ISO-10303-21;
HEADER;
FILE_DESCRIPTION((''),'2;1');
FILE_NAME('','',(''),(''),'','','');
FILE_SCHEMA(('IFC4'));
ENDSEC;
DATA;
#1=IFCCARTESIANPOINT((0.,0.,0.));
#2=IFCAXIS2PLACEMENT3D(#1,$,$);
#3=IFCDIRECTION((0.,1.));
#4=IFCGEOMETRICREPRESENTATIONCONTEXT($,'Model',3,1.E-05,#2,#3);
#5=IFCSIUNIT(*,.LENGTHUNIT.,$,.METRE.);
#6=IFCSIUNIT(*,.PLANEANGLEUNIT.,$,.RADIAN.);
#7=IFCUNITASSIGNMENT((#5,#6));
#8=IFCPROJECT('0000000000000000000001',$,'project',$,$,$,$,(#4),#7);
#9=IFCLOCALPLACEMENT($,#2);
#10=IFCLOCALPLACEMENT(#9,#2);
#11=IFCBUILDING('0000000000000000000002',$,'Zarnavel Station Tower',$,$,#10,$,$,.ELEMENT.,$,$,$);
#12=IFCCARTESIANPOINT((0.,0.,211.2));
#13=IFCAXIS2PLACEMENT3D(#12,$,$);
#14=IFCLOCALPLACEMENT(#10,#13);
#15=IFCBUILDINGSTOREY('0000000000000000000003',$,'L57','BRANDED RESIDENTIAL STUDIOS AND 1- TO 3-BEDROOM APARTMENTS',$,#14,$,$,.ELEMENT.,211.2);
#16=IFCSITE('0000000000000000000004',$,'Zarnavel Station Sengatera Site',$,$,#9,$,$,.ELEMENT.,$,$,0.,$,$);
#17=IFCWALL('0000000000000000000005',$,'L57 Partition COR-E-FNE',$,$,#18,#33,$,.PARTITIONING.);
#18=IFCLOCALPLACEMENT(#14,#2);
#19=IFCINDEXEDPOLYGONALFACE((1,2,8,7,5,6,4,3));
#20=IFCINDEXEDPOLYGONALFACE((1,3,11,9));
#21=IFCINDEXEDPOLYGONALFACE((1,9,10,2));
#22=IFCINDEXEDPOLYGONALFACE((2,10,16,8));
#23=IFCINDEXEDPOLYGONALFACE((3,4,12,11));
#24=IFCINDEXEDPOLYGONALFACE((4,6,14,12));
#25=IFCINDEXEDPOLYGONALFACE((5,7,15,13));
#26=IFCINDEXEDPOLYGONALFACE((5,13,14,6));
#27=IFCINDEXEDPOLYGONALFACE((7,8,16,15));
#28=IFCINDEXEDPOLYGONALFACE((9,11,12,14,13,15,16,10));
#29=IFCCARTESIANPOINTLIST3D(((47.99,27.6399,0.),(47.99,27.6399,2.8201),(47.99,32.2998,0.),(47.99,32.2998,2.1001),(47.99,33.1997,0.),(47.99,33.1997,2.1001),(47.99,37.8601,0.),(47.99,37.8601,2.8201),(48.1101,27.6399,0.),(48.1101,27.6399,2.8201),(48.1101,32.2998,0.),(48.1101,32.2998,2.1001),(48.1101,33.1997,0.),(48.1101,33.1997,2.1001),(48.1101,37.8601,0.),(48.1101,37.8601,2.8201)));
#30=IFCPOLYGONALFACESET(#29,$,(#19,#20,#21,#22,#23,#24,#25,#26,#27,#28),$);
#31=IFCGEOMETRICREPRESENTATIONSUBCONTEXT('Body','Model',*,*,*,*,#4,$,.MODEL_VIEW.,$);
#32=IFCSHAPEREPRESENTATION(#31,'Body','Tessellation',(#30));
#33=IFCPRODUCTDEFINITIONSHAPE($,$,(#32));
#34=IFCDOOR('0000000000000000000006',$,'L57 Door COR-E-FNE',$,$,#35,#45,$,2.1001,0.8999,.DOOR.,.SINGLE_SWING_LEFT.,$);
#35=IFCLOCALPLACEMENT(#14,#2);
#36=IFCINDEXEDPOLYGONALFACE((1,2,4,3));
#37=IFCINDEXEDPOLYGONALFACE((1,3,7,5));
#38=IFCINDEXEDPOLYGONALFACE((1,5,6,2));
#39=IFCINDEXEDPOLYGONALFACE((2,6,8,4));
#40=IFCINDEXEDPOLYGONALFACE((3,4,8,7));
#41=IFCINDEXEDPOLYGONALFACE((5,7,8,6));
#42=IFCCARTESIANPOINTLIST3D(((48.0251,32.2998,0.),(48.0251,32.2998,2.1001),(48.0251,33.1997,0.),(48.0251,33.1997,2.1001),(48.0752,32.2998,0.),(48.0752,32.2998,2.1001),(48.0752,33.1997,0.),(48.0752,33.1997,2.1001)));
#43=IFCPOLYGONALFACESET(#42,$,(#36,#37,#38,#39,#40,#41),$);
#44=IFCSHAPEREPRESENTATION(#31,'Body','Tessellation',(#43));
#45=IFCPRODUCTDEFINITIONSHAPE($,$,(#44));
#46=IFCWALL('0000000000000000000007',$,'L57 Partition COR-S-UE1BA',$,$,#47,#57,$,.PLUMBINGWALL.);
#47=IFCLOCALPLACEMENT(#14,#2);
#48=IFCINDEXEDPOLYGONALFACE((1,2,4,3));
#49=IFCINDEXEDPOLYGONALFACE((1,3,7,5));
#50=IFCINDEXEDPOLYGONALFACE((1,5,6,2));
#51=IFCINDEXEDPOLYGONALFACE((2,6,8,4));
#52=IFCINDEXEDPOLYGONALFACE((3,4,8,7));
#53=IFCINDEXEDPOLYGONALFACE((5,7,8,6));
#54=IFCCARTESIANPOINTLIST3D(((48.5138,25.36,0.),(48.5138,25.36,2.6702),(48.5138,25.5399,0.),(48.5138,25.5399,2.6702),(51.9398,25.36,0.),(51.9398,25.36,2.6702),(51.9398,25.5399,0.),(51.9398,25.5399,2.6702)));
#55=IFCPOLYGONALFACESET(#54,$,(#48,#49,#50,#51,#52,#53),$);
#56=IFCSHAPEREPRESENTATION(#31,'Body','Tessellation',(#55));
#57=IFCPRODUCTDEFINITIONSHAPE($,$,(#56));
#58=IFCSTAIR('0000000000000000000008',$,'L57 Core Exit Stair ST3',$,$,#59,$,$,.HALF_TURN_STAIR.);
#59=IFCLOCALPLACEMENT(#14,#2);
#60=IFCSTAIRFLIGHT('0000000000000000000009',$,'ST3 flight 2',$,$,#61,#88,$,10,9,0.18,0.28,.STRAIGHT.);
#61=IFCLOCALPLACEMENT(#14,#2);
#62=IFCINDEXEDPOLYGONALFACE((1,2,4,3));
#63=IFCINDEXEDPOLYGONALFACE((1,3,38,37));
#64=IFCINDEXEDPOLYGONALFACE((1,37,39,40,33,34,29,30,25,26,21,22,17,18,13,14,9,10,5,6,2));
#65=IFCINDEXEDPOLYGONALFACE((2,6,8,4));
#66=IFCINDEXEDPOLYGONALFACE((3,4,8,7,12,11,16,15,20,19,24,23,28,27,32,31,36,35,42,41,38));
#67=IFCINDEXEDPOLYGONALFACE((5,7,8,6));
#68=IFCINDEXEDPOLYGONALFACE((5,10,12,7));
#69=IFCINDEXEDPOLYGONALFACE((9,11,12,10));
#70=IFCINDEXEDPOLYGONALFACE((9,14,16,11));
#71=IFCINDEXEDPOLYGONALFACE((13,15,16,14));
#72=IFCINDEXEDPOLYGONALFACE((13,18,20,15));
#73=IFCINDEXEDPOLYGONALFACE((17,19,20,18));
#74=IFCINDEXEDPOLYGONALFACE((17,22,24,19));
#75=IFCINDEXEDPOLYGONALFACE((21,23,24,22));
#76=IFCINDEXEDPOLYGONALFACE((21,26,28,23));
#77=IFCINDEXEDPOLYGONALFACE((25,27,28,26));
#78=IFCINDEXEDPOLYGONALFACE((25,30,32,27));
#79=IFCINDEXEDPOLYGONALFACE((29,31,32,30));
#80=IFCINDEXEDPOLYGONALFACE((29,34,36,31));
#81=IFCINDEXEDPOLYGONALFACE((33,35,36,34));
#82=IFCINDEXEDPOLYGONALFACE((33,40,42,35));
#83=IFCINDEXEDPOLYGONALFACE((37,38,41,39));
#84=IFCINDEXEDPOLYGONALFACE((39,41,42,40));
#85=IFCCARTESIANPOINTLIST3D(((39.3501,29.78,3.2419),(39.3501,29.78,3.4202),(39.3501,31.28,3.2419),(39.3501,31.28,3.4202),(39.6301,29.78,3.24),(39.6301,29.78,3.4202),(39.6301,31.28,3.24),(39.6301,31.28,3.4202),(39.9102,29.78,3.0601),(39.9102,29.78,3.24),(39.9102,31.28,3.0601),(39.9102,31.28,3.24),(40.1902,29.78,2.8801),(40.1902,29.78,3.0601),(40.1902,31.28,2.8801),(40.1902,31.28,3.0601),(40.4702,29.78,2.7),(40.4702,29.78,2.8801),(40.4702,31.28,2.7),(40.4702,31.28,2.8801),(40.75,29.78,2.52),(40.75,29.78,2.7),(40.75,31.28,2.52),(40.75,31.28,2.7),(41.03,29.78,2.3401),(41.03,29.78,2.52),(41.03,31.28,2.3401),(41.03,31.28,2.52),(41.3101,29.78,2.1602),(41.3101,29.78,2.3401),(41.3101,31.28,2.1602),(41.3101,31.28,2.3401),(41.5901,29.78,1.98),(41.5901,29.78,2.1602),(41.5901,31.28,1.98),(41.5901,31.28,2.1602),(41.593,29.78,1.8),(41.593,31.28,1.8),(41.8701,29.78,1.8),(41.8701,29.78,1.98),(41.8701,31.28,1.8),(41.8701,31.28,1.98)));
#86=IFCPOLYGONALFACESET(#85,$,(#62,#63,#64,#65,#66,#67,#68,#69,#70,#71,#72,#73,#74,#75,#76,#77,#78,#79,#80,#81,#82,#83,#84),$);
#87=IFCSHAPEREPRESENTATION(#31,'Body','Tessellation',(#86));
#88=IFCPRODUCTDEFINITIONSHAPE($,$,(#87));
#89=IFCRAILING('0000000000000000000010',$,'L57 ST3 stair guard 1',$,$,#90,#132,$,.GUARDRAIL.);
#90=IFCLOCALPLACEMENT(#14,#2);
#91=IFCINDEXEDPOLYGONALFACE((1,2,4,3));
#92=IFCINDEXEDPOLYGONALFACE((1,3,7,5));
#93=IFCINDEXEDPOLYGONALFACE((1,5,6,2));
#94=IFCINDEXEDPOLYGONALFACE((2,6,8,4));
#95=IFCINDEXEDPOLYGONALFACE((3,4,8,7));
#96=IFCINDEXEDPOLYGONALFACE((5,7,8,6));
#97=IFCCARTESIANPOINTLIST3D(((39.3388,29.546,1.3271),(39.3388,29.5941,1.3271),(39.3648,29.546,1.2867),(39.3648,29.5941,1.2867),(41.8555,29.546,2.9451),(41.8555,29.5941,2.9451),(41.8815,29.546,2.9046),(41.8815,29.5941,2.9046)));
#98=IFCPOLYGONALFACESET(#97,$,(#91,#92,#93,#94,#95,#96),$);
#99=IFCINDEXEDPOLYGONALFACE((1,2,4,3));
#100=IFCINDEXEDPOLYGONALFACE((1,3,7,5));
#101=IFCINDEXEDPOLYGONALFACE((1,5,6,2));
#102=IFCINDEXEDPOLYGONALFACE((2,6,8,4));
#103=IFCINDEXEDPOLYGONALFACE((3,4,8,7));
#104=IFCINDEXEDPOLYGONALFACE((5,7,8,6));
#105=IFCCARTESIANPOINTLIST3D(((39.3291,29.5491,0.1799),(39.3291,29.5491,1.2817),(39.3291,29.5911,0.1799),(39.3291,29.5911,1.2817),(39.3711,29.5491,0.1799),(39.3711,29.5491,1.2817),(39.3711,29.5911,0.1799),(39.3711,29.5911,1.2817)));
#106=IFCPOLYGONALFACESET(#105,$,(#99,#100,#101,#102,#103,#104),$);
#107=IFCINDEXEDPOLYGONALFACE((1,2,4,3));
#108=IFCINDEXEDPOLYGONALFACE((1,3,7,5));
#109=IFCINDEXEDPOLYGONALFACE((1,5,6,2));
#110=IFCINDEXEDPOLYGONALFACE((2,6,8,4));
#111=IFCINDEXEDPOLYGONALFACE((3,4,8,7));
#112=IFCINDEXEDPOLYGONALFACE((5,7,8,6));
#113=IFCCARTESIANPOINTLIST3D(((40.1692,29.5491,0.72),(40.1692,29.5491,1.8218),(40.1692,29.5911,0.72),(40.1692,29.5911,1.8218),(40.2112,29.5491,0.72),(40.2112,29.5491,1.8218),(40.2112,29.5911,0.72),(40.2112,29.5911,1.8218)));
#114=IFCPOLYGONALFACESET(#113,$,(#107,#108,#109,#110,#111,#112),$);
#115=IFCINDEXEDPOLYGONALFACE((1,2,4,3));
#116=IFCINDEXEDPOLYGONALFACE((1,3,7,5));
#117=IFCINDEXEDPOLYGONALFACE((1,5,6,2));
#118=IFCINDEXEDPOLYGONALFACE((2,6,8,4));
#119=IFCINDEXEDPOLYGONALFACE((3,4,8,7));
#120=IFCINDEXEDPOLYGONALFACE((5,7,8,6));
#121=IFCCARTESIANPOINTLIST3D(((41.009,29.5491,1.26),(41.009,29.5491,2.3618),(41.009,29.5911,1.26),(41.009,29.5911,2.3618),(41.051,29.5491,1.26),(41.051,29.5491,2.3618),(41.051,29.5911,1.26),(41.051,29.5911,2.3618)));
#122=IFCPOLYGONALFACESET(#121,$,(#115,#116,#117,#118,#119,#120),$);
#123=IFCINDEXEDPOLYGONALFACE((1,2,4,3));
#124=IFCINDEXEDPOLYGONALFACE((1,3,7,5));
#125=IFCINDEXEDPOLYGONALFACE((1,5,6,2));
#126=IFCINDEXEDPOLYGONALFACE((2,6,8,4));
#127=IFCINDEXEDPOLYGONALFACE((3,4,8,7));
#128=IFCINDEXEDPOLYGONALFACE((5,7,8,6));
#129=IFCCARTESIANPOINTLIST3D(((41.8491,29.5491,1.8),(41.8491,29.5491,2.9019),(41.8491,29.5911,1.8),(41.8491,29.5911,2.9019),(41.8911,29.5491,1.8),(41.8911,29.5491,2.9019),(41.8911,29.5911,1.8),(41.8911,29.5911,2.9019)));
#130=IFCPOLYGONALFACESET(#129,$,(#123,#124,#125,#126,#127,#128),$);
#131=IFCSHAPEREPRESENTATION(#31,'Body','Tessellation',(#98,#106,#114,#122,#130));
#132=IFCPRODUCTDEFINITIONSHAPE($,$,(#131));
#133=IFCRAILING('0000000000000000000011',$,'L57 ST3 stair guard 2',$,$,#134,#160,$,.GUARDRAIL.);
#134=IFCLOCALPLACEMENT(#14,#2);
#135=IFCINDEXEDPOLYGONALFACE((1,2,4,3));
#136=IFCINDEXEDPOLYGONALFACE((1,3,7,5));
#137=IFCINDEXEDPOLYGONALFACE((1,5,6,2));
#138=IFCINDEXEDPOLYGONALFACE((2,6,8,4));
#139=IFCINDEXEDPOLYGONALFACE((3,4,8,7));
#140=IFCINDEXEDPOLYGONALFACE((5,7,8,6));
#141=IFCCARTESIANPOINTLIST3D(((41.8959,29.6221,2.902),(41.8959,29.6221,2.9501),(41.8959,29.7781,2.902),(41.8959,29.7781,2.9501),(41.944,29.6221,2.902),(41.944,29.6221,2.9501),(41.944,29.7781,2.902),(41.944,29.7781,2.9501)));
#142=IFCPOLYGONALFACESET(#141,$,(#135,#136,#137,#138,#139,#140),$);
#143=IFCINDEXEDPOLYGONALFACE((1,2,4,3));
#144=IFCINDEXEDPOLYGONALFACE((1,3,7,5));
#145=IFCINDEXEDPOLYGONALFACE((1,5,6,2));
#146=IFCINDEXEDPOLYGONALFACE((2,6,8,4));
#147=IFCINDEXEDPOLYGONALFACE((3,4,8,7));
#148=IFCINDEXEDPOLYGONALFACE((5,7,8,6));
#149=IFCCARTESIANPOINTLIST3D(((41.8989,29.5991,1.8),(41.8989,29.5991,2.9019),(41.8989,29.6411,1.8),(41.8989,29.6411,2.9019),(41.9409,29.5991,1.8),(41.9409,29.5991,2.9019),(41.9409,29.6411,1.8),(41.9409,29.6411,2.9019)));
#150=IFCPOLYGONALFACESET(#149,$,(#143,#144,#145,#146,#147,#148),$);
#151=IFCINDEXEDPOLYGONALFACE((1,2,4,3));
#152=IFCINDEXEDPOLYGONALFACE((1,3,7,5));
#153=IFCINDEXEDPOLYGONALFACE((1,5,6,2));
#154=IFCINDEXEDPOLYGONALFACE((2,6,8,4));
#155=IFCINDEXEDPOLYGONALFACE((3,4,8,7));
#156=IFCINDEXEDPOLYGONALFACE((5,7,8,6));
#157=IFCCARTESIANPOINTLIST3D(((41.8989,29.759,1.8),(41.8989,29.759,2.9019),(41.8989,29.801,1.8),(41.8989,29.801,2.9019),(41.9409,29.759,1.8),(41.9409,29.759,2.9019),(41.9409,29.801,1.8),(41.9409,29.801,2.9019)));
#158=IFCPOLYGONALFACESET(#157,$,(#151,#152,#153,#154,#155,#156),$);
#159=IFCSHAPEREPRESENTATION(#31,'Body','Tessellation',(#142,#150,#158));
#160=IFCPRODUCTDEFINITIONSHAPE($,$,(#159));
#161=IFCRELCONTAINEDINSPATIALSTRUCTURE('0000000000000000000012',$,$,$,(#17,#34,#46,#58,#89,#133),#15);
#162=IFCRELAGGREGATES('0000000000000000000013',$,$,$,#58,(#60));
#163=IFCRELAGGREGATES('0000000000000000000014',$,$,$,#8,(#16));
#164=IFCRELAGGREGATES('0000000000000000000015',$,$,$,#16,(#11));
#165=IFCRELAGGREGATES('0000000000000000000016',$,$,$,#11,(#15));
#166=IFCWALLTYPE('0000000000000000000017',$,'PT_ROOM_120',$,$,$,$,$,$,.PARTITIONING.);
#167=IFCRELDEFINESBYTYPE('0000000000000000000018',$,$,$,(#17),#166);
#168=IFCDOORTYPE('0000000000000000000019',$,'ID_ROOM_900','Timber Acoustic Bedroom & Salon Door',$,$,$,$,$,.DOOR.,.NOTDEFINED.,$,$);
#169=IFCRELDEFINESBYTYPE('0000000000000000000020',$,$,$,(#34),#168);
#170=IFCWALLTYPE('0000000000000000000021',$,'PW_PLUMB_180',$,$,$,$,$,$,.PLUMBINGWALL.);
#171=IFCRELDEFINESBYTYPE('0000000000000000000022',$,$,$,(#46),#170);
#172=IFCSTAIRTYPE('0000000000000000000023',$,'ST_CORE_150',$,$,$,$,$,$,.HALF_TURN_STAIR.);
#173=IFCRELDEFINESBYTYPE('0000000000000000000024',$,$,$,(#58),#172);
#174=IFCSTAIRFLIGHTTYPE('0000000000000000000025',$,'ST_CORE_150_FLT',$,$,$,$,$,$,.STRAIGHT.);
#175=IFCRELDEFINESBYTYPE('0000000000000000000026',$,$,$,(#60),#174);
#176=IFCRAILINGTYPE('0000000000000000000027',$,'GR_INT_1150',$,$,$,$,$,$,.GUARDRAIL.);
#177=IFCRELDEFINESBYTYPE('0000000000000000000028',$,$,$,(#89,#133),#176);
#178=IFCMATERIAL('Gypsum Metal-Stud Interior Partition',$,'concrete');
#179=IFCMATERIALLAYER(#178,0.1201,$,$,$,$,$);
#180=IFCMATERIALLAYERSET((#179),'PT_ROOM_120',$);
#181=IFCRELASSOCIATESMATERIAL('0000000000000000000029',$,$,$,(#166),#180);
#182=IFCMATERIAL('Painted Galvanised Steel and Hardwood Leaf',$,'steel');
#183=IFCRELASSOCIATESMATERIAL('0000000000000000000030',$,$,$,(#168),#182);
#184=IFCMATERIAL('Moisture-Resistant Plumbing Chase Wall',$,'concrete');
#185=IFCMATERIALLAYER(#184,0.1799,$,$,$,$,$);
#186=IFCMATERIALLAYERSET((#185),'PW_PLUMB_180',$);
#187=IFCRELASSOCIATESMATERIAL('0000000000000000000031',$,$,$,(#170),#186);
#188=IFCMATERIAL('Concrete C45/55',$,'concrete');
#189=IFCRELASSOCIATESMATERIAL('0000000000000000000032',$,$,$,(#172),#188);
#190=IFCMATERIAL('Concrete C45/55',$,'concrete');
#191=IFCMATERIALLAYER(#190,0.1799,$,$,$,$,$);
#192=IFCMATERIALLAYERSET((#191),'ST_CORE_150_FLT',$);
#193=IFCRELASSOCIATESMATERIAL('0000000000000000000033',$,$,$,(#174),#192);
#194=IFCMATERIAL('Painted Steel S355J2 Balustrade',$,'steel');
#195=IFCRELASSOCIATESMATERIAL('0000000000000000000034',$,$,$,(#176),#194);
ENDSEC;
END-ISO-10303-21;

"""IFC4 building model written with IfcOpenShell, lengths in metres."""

from ifc_helpers import new_model, si_unit, direction, frame, frame_2d, origin, origin_2d, place, context, subcontext, project, spatial, polyline, rectangle, outline, extrude, material, layer, layer_set, type_object, element, fill, aggregate, save


model = new_model("IFC4")

# Units and contexts
model_context = context("Model", 3, precision=1e-05, world=origin(), true_north=direction((0.0, 1.0)))
body_context = subcontext(model_context, "Body", "Model", "MODEL_VIEW")
ifc_project = project(units=[si_unit("LENGTHUNIT", "METRE"), si_unit("PLANEANGLEUNIT", "RADIAN")], contexts=[model_context])

# Site, building, storey
site_placement = place(None, origin())
site = spatial("IfcSite", under=ifc_project, at=site_placement, Name="Zarnavel Station Sengatera Site", CompositionType="ELEMENT", RefElevation=0.0)
building_placement = place(site_placement, origin())
building = spatial("IfcBuilding", under=site, at=building_placement, Name="Zarnavel Station Tower", CompositionType="ELEMENT")
storey_placement = place(building_placement, frame((0.0, 0.0, 211.2)))
storey = spatial("IfcBuildingStorey", under=building, at=storey_placement, Name="L57", Description="BRANDED RESIDENTIAL STUDIOS AND 1- TO 3-BEDROOM APARTMENTS", CompositionType="ELEMENT", Elevation=211.2)

# Wall, opening, door
ifc_material_1 = material(Name="Gypsum Metal-Stud Interior Partition", Category="concrete")
ifc_layer_1 = layer(ifc_material_1, 0.1201)
ifc_layer_set_1 = layer_set([ifc_layer_1], Name="PT_ROOM_120")
wall_type_1 = type_object("IfcWallType", Name="PT_ROOM_120", PredefinedType="PARTITIONING", material=ifc_layer_set_1)
ifc_material_2 = material(Name="Painted Galvanised Steel and Hardwood Leaf", Category="steel")
door_type_1 = type_object("IfcDoorType", Name="ID_ROOM_900", Description="Timber Acoustic Bedroom & Salon Door", OperationType="NOTDEFINED", PredefinedType="DOOR", material=ifc_material_2)
wall_1_placement = place(storey_placement, frame((48.05, 27.6399, 0.0), z_axis=(0.0, 0.0, 1.0), x_axis=(0.0, 1.0, 0.0)))
wall_1 = element("IfcWall", 1, at=wall_1_placement, inside=storey, type_object=wall_type_1, Name="L57 Partition COR-E-FNE", PredefinedType="PARTITIONING", context=body_context, shape_type="SweptSolid", body=[
    extrude(rectangle(XDim=10.2202, YDim=0.1201, at=frame_2d((5.1101, 0.0))), origin(), (0.0, 0.0, 1.0), 2.8201),
])
opening_1_placement = place(wall_1_placement, frame((4.6599, 0.0, 0.0)))
opening_1 = element("IfcOpeningElement", 2, at=opening_1_placement, cuts=wall_1, PredefinedType="OPENING", context=body_context, shape_type="SweptSolid", body=[
    extrude(rectangle(XDim=0.8999, YDim=2.1001, at=frame_2d((0.45, 1.05))), frame((0.0, 0.0701, 0.0), z_axis=(0.0, -1.0, 0.0), x_axis=(1.0, 0.0, 0.0)), (0.0, 0.0, 1.0), 0.1401),
])
door_1_placement = place(opening_1_placement, origin())
door_1 = element("IfcDoor", 3, at=door_1_placement, inside=storey, type_object=door_type_1, Name="L57 Door COR-E-FNE", OperationType="SINGLE_SWING_LEFT", OverallHeight=2.1001, OverallWidth=0.8999, PredefinedType="DOOR", context=body_context, shape_type="SweptSolid", body=[
    extrude(rectangle(XDim=0.8999, YDim=2.1001, at=frame_2d((0.45, 1.05))), frame((0.0, 0.0249, 0.0), z_axis=(0.0, -1.0, 0.0), x_axis=(1.0, 0.0, 0.0)), (0.0, 0.0, 1.0), 0.05),
])
fill(opening_1, door_1)

# Wall
ifc_material_3 = material(Name="Moisture-Resistant Plumbing Chase Wall", Category="concrete")
ifc_layer_2 = layer(ifc_material_3, 0.1799)
ifc_layer_set_2 = layer_set([ifc_layer_2], Name="PW_PLUMB_180")
wall_type_2 = type_object("IfcWallType", Name="PW_PLUMB_180", PredefinedType="PLUMBINGWALL", material=ifc_layer_set_2)
wall_2_placement = place(storey_placement, frame((48.5139, 25.45, 0.0), z_axis=(0.0, 0.0, 1.0), x_axis=(1.0, 0.0, 0.0)))
element("IfcWall", 4, at=wall_2_placement, inside=storey, type_object=wall_type_2, Name="L57 Partition COR-S-UE1BA", PredefinedType="PLUMBINGWALL", context=body_context, shape_type="SweptSolid", body=[
    extrude(rectangle(XDim=3.426, YDim=0.1799, at=frame_2d((1.7129, 0.0))), origin(), (0.0, 0.0, 1.0), 2.6702),
])

# Stair, stair flight
ifc_material_4 = material(Name="Concrete C45/55", Category="concrete")
stair_type = type_object("IfcStairType", Name="ST_CORE_150", PredefinedType="HALF_TURN_STAIR", material=ifc_material_4)
stair_placement = place(storey_placement, origin())
stair = element("IfcStair", 5, at=stair_placement, inside=storey, type_object=stair_type, Name="L57 Core Exit Stair ST3", PredefinedType="HALF_TURN_STAIR")
ifc_material_5 = material(Name="Concrete C45/55", Category="concrete")
ifc_layer_3 = layer(ifc_material_5, 0.1799)
ifc_layer_set_3 = layer_set([ifc_layer_3], Name="ST_CORE_150_FLT")
stair_flight_type = type_object("IfcStairFlightType", Name="ST_CORE_150_FLT", PredefinedType="STRAIGHT", material=ifc_layer_set_3)
stair_flight_placement = place(storey_placement, frame((41.8701, 30.53, 1.8), z_axis=(0.0, 0.0, 1.0), x_axis=(-1.0, 0.0, 0.0)))
stair_flight = element("IfcStairFlight", 6, at=stair_flight_placement, type_object=stair_flight_type, Name="ST3 flight 2", NumberOfRisers=10, NumberOfTreads=9, PredefinedType="STRAIGHT", RiserHeight=0.18, TreadLength=0.28, context=body_context, shape_type="SweptSolid", body=[
    extrude(outline(polyline([(0.0, 0.0), (0.0, 0.1799), (0.28, 0.1799), (0.28, 0.3601), (0.5601, 0.3601), (0.5601, 0.54), (0.8401, 0.54), (0.8401, 0.72), (1.1201, 0.72), (1.1201, 0.8999), (1.3999, 0.8999), (1.3999, 1.0801), (1.6799, 1.0801), (1.6799, 1.26), (1.96, 1.26), (1.96, 1.4399), (2.24, 1.4399), (2.24, 1.6201), (2.52, 1.6201), (2.52, 1.8), (2.52, 1.4419), (0.2771, 0.0), (0.0, 0.0)])), frame((0.0, 0.75, 0.0), z_axis=(0.0, -1.0, 0.0), x_axis=(1.0, 0.0, 0.0)), (0.0, 0.0, 1.0), 1.5),
])
aggregate(stair, [stair_flight])

# Railings
ifc_material_6 = material(Name="Painted Steel S355J2 Balustrade", Category="steel")
railing_type_1 = type_object("IfcRailingType", Name="GR_INT_1150", PredefinedType="GUARDRAIL", material=ifc_material_6)
railing_1_placement = place(storey_placement, frame((39.3501, 29.5701, 0.1799)))
element("IfcRailing", 7, at=railing_1_placement, inside=storey, type_object=railing_type_1, Name="L57 ST3 stair guard 1", PredefinedType="GUARDRAIL", context=body_context, shape_type="SweptSolid", body=[
    extrude(rectangle(XDim=0.0481, YDim=0.0481, at=origin_2d()), frame((0.0017, 0.0, 1.127), z_axis=(0.841163, 0.0, 0.540782), x_axis=(0.0, 1.0, 0.0)), (0.0, 0.0, 1.0), 2.9919),
    extrude(rectangle(XDim=0.042, YDim=0.042, at=origin_2d()), origin(), (0.0, 0.0, 1.0), 1.1018),
    extrude(rectangle(XDim=0.042, YDim=0.042, at=origin_2d()), frame((0.8401, 0.0, 0.54)), (0.0, 0.0, 1.0), 1.1018),
    extrude(rectangle(XDim=0.042, YDim=0.042, at=origin_2d()), frame((1.6799, 0.0, 1.0801)), (0.0, 0.0, 1.0), 1.1018),
    extrude(rectangle(XDim=0.042, YDim=0.042, at=origin_2d()), frame((2.52, 0.0, 1.6201)), (0.0, 0.0, 1.0), 1.1018),
])
railing_2_placement = place(storey_placement, frame((41.9199, 29.6201, 1.8)))
element("IfcRailing", 8, at=railing_2_placement, inside=storey, type_object=railing_type_1, Name="L57 ST3 stair guard 2", PredefinedType="GUARDRAIL", context=body_context, shape_type="SweptSolid", body=[
    extrude(rectangle(XDim=0.0481, YDim=0.0481, at=origin_2d()), frame((0.0, 0.002, 1.126), z_axis=(0.0, 1.0, 0.0), x_axis=(-1.0, 0.0, 0.0)), (0.0, 0.0, 1.0), 0.156),
    extrude(rectangle(XDim=0.042, YDim=0.042, at=origin_2d()), origin(), (0.0, 0.0, 1.0), 1.1018),
    extrude(rectangle(XDim=0.042, YDim=0.042, at=origin_2d()), frame((0.0, 0.1599, 0.0)), (0.0, 0.0, 1.0), 1.1018),
])

save(model, "model.ifc")
